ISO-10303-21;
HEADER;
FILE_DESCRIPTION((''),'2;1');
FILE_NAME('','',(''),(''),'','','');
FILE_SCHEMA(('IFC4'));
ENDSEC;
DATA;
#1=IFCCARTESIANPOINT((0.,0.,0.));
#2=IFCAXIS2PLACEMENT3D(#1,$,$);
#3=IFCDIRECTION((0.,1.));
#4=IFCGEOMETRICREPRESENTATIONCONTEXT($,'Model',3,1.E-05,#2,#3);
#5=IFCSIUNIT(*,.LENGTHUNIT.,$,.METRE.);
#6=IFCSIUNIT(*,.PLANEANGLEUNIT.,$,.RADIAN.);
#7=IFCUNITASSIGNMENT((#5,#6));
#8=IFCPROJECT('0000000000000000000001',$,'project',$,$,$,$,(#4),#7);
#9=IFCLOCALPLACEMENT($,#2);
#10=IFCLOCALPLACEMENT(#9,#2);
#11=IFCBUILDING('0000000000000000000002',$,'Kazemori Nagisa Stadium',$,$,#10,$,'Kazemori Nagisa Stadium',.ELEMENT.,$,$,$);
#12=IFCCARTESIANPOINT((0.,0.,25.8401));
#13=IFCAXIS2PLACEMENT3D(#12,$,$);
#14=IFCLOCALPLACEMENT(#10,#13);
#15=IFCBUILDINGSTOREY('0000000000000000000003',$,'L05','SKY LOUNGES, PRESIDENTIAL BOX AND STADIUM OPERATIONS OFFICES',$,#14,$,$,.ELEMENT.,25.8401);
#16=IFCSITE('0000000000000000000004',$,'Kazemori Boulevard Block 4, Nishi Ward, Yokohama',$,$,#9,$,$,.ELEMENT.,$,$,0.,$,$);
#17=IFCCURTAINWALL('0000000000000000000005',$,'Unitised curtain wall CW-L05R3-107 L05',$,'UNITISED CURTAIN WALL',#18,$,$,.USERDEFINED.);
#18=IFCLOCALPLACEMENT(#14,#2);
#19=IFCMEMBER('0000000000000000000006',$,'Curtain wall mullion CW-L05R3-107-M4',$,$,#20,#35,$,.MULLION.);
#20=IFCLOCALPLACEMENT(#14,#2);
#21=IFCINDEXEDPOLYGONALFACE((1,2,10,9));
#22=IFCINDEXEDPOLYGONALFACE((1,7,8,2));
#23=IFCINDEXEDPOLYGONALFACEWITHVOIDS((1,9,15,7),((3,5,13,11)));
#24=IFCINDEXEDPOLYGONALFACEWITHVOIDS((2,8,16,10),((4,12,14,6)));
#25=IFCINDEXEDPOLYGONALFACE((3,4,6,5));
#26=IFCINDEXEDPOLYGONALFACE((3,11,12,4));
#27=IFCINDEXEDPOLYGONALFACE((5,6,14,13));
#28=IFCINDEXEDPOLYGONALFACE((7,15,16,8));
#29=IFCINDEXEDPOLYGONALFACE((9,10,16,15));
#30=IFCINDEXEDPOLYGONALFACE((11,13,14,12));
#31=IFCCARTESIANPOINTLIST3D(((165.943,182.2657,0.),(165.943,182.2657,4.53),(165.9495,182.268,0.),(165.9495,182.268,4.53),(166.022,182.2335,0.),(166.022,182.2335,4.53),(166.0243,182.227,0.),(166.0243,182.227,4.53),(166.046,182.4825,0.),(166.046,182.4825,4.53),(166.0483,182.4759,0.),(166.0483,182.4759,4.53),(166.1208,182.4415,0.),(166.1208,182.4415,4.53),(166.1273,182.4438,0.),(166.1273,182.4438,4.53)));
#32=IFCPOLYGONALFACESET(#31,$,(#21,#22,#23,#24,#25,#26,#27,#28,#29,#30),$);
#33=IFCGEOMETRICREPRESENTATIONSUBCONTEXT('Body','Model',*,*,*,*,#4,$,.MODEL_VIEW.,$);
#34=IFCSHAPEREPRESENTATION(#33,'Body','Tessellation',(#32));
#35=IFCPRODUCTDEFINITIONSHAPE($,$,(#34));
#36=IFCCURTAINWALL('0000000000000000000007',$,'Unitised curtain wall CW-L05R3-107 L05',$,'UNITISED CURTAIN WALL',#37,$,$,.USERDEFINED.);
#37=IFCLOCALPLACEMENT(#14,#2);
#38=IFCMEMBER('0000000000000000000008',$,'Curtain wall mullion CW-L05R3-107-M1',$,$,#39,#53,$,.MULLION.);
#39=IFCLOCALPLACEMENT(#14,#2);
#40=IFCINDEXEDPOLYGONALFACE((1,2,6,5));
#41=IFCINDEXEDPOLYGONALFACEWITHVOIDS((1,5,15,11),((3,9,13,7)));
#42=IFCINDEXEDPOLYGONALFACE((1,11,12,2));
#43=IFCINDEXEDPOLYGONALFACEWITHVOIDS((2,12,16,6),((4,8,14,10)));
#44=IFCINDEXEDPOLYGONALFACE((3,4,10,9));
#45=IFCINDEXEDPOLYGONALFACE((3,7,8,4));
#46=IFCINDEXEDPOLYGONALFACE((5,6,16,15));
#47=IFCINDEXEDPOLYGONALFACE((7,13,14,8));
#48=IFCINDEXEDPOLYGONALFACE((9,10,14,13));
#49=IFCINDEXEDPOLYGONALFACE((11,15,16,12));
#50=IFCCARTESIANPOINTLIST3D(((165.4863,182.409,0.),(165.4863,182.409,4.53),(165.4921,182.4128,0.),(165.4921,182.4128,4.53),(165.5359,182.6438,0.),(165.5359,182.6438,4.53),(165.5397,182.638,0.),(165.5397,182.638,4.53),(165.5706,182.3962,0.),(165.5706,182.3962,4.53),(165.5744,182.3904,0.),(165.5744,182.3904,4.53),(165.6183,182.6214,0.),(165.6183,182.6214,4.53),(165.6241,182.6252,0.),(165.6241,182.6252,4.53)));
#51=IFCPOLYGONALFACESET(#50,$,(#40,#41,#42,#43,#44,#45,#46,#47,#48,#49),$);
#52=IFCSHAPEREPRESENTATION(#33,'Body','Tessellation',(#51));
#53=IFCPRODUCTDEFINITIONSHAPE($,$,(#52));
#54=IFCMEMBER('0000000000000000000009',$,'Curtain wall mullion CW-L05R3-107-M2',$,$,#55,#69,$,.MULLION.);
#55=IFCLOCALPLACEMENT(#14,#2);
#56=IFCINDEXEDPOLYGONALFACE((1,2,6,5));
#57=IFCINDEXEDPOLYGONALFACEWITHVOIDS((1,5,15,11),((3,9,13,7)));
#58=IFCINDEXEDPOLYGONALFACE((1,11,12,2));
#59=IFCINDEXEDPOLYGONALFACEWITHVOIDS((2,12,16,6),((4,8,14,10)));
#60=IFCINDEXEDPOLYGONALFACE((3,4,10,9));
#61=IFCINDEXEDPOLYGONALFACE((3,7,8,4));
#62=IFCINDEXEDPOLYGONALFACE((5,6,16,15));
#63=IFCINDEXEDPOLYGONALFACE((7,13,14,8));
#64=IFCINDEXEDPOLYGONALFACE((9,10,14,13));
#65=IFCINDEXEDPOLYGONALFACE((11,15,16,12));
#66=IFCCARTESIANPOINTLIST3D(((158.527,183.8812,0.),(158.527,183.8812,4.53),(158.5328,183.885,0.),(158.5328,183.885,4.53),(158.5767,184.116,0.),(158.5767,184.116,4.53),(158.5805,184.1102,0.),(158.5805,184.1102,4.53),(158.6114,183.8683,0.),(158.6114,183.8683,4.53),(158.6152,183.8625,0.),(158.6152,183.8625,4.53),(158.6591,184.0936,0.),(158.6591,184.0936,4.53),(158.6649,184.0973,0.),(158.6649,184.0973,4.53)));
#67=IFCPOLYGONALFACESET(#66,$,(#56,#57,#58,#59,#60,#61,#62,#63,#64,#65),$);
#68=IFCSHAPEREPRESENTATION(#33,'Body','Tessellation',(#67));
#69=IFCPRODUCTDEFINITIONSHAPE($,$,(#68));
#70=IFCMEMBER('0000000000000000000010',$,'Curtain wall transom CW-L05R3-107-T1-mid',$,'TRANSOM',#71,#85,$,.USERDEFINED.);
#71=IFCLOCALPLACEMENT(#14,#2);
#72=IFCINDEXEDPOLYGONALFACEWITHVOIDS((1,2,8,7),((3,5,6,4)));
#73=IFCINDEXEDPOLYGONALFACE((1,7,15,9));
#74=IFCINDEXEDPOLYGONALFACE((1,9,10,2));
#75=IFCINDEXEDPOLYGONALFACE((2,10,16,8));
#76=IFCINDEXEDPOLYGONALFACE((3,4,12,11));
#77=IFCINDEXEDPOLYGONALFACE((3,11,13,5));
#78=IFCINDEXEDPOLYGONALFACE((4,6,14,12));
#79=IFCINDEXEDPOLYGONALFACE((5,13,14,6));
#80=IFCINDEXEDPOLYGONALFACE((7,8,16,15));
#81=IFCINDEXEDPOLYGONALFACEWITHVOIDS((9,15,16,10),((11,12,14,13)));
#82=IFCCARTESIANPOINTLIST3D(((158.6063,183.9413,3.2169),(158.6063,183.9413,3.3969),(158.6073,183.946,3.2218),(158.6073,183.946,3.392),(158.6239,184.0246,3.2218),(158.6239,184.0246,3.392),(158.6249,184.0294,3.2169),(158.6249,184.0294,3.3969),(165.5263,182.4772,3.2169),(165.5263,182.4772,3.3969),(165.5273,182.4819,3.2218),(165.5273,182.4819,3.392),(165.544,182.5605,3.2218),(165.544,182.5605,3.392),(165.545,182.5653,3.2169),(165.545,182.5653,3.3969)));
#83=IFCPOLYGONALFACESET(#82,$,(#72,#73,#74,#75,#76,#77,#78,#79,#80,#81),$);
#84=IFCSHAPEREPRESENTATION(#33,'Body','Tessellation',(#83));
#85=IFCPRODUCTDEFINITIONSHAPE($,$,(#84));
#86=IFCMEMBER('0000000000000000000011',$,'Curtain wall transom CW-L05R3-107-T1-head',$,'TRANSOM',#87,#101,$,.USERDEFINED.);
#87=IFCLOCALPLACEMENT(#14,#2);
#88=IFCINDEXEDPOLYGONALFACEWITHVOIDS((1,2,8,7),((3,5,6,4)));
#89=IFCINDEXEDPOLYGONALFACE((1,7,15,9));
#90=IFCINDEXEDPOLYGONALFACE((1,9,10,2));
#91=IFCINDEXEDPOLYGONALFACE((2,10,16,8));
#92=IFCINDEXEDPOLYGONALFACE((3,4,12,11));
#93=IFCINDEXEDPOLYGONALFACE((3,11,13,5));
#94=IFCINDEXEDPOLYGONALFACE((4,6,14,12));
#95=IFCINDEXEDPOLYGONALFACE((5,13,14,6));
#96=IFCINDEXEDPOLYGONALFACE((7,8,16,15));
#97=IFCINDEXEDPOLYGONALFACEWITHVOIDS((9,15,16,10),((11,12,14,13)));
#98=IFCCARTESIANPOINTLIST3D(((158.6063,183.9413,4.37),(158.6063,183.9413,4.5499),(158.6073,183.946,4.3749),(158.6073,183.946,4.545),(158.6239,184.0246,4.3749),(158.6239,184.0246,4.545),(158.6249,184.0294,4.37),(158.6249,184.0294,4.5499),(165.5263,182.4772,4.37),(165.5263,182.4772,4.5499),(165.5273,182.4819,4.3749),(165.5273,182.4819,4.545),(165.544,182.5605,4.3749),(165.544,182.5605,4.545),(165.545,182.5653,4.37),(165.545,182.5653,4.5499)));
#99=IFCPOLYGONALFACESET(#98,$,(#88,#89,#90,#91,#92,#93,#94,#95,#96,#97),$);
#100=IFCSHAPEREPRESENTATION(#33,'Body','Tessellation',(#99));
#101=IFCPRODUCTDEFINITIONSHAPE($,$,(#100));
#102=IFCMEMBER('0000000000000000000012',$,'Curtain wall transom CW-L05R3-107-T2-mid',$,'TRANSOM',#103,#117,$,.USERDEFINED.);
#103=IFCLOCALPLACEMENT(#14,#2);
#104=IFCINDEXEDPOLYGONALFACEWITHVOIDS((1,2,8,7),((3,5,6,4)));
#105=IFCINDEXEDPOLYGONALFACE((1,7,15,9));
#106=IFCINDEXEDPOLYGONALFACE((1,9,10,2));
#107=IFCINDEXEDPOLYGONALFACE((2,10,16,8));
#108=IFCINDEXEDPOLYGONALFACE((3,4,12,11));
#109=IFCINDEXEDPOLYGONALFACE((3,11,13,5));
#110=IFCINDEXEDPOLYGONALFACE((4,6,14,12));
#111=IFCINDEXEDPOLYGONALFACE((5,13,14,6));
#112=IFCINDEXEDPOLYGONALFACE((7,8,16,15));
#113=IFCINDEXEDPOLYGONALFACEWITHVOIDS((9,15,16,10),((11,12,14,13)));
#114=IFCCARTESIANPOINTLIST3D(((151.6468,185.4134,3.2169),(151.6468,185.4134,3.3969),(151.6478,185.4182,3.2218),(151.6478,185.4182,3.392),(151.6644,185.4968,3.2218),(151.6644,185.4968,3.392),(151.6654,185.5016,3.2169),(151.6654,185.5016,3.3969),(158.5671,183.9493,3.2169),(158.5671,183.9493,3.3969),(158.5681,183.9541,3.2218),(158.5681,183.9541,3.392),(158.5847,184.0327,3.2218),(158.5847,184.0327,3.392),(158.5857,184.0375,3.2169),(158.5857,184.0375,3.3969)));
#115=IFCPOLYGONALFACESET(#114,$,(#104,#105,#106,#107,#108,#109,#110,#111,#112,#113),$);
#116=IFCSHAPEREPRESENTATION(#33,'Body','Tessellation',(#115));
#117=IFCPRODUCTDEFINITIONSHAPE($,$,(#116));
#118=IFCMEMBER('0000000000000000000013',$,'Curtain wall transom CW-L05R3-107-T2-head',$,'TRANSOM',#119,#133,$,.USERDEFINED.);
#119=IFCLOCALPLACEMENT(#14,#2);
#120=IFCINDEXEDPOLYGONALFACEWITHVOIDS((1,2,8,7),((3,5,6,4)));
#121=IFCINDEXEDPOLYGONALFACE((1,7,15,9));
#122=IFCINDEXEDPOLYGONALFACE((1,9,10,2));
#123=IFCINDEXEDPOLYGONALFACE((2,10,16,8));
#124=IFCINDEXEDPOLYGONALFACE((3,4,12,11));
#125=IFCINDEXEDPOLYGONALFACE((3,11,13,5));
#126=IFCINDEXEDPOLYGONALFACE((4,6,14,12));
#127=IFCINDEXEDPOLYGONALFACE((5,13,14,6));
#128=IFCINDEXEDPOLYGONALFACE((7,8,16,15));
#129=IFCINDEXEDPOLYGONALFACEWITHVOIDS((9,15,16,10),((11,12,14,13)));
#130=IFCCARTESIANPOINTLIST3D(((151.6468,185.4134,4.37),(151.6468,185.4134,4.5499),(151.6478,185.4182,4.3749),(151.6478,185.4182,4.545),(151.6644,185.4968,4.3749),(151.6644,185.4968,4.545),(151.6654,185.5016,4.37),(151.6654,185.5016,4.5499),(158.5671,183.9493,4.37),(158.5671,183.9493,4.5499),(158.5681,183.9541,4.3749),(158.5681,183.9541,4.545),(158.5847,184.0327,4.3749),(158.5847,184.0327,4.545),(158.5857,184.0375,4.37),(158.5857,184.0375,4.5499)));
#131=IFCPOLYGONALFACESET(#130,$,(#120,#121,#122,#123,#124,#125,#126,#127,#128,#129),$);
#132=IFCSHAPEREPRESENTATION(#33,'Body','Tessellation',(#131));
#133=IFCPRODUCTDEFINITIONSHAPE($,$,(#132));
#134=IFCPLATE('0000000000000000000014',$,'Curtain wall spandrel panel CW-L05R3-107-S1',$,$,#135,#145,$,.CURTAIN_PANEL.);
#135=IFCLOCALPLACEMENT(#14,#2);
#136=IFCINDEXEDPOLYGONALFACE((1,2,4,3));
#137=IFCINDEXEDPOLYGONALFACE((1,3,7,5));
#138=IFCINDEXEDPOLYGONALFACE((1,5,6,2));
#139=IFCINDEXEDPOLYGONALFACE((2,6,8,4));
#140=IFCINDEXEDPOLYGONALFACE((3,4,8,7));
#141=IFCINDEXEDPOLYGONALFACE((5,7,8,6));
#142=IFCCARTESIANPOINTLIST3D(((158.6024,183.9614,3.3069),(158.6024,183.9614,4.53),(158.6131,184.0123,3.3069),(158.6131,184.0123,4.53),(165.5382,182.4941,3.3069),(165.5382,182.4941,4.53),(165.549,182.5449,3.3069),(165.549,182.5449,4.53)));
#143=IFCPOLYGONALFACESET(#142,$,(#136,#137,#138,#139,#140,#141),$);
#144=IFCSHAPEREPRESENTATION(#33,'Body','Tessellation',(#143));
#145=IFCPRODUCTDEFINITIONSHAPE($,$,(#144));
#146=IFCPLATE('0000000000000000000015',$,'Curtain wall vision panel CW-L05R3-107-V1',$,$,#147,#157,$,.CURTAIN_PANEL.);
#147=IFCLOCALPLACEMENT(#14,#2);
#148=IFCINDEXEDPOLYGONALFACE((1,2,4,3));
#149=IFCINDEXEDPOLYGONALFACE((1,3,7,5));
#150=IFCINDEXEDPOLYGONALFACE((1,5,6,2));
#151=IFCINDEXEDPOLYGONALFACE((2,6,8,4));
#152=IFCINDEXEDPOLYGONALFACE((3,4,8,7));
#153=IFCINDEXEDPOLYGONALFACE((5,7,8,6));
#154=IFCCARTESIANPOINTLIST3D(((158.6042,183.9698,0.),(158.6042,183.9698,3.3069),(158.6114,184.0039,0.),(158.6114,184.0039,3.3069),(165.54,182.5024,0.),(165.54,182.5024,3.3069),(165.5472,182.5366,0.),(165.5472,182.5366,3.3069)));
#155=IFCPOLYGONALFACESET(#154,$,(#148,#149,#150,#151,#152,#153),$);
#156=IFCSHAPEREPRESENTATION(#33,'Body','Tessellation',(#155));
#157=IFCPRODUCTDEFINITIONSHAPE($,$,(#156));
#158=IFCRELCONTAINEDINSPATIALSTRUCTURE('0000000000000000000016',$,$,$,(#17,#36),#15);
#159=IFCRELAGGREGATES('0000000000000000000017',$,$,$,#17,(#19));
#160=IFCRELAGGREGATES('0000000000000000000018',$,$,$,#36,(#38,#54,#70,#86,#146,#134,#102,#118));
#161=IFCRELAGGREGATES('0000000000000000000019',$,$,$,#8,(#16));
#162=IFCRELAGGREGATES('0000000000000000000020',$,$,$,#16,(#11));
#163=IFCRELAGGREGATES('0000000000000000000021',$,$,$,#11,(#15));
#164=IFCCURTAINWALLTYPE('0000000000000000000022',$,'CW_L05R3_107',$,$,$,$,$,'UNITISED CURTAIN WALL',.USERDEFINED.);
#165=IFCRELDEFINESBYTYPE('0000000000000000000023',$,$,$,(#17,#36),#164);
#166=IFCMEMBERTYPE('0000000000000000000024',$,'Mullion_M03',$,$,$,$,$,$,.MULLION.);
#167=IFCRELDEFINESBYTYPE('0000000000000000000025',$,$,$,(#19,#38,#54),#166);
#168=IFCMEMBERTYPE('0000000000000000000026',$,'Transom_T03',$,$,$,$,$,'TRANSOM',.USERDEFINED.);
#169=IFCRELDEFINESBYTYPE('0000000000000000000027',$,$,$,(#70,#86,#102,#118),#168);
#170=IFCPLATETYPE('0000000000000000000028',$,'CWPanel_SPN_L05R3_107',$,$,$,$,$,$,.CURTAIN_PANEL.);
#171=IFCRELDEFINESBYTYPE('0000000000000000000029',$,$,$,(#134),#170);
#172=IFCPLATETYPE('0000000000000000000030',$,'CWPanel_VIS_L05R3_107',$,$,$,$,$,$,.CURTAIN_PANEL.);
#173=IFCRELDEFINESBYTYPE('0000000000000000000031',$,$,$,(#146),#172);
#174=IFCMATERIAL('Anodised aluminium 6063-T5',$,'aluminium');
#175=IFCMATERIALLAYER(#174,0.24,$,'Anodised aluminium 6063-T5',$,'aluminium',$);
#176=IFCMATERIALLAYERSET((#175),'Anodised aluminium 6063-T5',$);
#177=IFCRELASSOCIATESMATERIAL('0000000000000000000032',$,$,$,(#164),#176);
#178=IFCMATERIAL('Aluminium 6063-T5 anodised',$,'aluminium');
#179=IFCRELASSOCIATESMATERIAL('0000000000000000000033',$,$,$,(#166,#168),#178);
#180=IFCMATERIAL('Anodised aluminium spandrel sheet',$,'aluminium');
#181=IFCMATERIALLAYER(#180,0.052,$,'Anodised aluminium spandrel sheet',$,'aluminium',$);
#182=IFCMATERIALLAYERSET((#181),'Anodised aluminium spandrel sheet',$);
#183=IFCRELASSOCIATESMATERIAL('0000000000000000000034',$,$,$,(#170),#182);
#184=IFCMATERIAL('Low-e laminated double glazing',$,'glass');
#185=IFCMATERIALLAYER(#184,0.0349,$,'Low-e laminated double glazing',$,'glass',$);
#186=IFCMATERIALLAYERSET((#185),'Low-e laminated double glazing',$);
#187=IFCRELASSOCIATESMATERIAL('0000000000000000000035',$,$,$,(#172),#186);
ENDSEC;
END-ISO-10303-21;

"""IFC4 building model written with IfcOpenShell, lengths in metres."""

from ifc_helpers import new_model, si_unit, direction, frame, origin, origin_2d, place, context, subcontext, project, spatial, rectangle, hollow_rectangle, extrude, material, layer, layer_set, material_profile, profile_set, type_object, element, aggregate, save


model = new_model("IFC4")

# Units and contexts
model_context = context("Model", 3, precision=1e-05, world=origin(), true_north=direction((0.0, 1.0)))
body_context = subcontext(model_context, "Body", "Model", "MODEL_VIEW")
ifc_project = project(units=[si_unit("LENGTHUNIT", "METRE"), si_unit("PLANEANGLEUNIT", "RADIAN")], contexts=[model_context])

# Site, building, storey
site_placement = place(None, origin())
site = spatial("IfcSite", under=ifc_project, at=site_placement, Name="Kazemori Boulevard Block 4, Nishi Ward, Yokohama", CompositionType="ELEMENT", RefElevation=0.0)
building_placement = place(site_placement, origin())
building = spatial("IfcBuilding", under=site, at=building_placement, Name="Kazemori Nagisa Stadium", LongName="Kazemori Nagisa Stadium", CompositionType="ELEMENT")
storey_placement = place(building_placement, frame((0.0, 0.0, 25.8401)))
storey = spatial("IfcBuildingStorey", under=building, at=storey_placement, Name="L05", Description="SKY LOUNGES, PRESIDENTIAL BOX AND STADIUM OPERATIONS OFFICES", CompositionType="ELEMENT", Elevation=25.8401)

# Curtain wall, member
ifc_material_1 = material(Name="Anodised aluminium 6063-T5", Category="aluminium")
ifc_layer_1 = layer(ifc_material_1, 0.24, Name="Anodised aluminium 6063-T5", Category="aluminium")
ifc_layer_set_1 = layer_set([ifc_layer_1], Name="Anodised aluminium 6063-T5")
curtain_wall_type = type_object("IfcCurtainWallType", Name="CW_L05R3_107", ElementType="UNITISED CURTAIN WALL", PredefinedType="USERDEFINED", material=ifc_layer_set_1)
curtain_wall_1_placement = place(storey_placement, origin())
curtain_wall_1 = element("IfcCurtainWall", 1, at=curtain_wall_1_placement, inside=storey, type_object=curtain_wall_type, Name="Unitised curtain wall CW-L05R3-107 L05", ObjectType="UNITISED CURTAIN WALL", PredefinedType="USERDEFINED")
ifc_material_2 = material(Name="Aluminium 6063-T5 anodised", Category="aluminium")
ifc_material_profile_1 = material_profile(ifc_material_2, hollow_rectangle(XDim=0.0901, YDim=0.24, WallThickness=0.0049, at=origin_2d()), Name="ALU-MULL-90x240x5")
ifc_profile_set_1 = profile_set([ifc_material_profile_1], Name="Aluminium 6063-T5 anodised")
member_type_1 = type_object("IfcMemberType", Name="Mullion_M03", PredefinedType="MULLION", material=ifc_profile_set_1)
member_1_placement = place(storey_placement, frame((166.0352, 182.3547, 0.0), z_axis=(0.0, 0.0, 1.0), x_axis=(-0.903216, 0.429186, 0.0)))
member_1 = element("IfcMember", 2, at=member_1_placement, type_object=member_type_1, Name="Curtain wall mullion CW-L05R3-107-M4", PredefinedType="MULLION", context=body_context, shape_type="SweptSolid", body=[
    extrude(hollow_rectangle(XDim=0.0901, YDim=0.24, WallThickness=0.0049, at=origin_2d()), origin(), (0.0, 0.0, 1.0), 4.53),
])
aggregate(curtain_wall_1, [member_1])

# Curtain wall, members, plates
curtain_wall_2_placement = place(storey_placement, origin())
curtain_wall_2 = element("IfcCurtainWall", 3, at=curtain_wall_2_placement, inside=storey, type_object=curtain_wall_type, Name="Unitised curtain wall CW-L05R3-107 L05", ObjectType="UNITISED CURTAIN WALL", PredefinedType="USERDEFINED")
member_2_placement = place(storey_placement, frame((165.5552, 182.5171, 0.0), z_axis=(0.0, 0.0, 1.0), x_axis=(-0.978345, 0.206981, 0.0)))
member_2 = element("IfcMember", 4, at=member_2_placement, type_object=member_type_1, Name="Curtain wall mullion CW-L05R3-107-M1", PredefinedType="MULLION", context=body_context, shape_type="SweptSolid", body=[
    extrude(hollow_rectangle(XDim=0.0901, YDim=0.24, WallThickness=0.0049, at=origin_2d()), origin(), (0.0, 0.0, 1.0), 4.53),
])
member_3_placement = place(storey_placement, frame((158.5959, 183.9893, 0.0), z_axis=(0.0, 0.0, 1.0), x_axis=(-0.978345, 0.206981, 0.0)))
member_3 = element("IfcMember", 5, at=member_3_placement, type_object=member_type_1, Name="Curtain wall mullion CW-L05R3-107-M2", PredefinedType="MULLION", context=body_context, shape_type="SweptSolid", body=[
    extrude(hollow_rectangle(XDim=0.0901, YDim=0.24, WallThickness=0.0049, at=origin_2d()), origin(), (0.0, 0.0, 1.0), 4.53),
])
ifc_material_profile_2 = material_profile(ifc_material_2, hollow_rectangle(XDim=0.0901, YDim=0.1799, WallThickness=0.0049, at=origin_2d()), Name="ALU-TRAN-90x180x5")
ifc_profile_set_2 = profile_set([ifc_material_profile_2], Name="Aluminium 6063-T5 anodised")
member_type_2 = type_object("IfcMemberType", Name="Transom_T03", ElementType="TRANSOM", PredefinedType="USERDEFINED", material=ifc_profile_set_2)
member_4_placement = place(storey_placement, frame((165.5356, 182.5212, 3.3069), z_axis=(-0.978343, 0.20699, 0.0), x_axis=(-0.20699, -0.978343, 0.0)))
member_4 = element("IfcMember", 6, at=member_4_placement, type_object=member_type_2, Name="Curtain wall transom CW-L05R3-107-T1-mid", ObjectType="TRANSOM", PredefinedType="USERDEFINED", context=body_context, shape_type="SweptSolid", body=[
    extrude(hollow_rectangle(XDim=0.0901, YDim=0.1799, WallThickness=0.0049, at=origin_2d()), origin(), (0.0, 0.0, 1.0), 7.0732),
])
member_5_placement = place(storey_placement, frame((165.5356, 182.5212, 4.46), z_axis=(-0.978343, 0.20699, 0.0), x_axis=(-0.20699, -0.978343, 0.0)))
member_5 = element("IfcMember", 7, at=member_5_placement, type_object=member_type_2, Name="Curtain wall transom CW-L05R3-107-T1-head", ObjectType="TRANSOM", PredefinedType="USERDEFINED", context=body_context, shape_type="SweptSolid", body=[
    extrude(hollow_rectangle(XDim=0.0901, YDim=0.1799, WallThickness=0.0049, at=origin_2d()), origin(), (0.0, 0.0, 1.0), 7.0732),
])
member_6_placement = place(storey_placement, frame((158.5764, 183.9934, 3.3069), z_axis=(-0.978345, 0.206983, 0.0), x_axis=(-0.206983, -0.978345, 0.0)))
member_6 = element("IfcMember", 8, at=member_6_placement, type_object=member_type_2, Name="Curtain wall transom CW-L05R3-107-T2-mid", ObjectType="TRANSOM", PredefinedType="USERDEFINED", context=body_context, shape_type="SweptSolid", body=[
    extrude(hollow_rectangle(XDim=0.0901, YDim=0.1799, WallThickness=0.0049, at=origin_2d()), origin(), (0.0, 0.0, 1.0), 7.0735),
])
member_7_placement = place(storey_placement, frame((158.5764, 183.9934, 4.46), z_axis=(-0.978345, 0.206983, 0.0), x_axis=(-0.206983, -0.978345, 0.0)))
member_7 = element("IfcMember", 9, at=member_7_placement, type_object=member_type_2, Name="Curtain wall transom CW-L05R3-107-T2-head", ObjectType="TRANSOM", PredefinedType="USERDEFINED", context=body_context, shape_type="SweptSolid", body=[
    extrude(hollow_rectangle(XDim=0.0901, YDim=0.1799, WallThickness=0.0049, at=origin_2d()), origin(), (0.0, 0.0, 1.0), 7.0735),
])
ifc_material_3 = material(Name="Anodised aluminium spandrel sheet", Category="aluminium")
ifc_layer_2 = layer(ifc_material_3, 0.052, Name="Anodised aluminium spandrel sheet", Category="aluminium")
ifc_layer_set_2 = layer_set([ifc_layer_2], Name="Anodised aluminium spandrel sheet")
plate_type_1 = type_object("IfcPlateType", Name="CWPanel_SPN_L05R3_107", PredefinedType="CURTAIN_PANEL", material=ifc_layer_set_2)
plate_1_placement = place(storey_placement, frame((162.0757, 183.2532, 3.3069), z_axis=(0.0, 0.0, 1.0), x_axis=(-0.978345, 0.206981, 0.0)))
plate_1 = element("IfcPlate", 10, at=plate_1_placement, type_object=plate_type_1, Name="Curtain wall spandrel panel CW-L05R3-107-S1", PredefinedType="CURTAIN_PANEL", context=body_context, shape_type="SweptSolid", body=[
    extrude(rectangle(XDim=7.0894, YDim=0.052, at=origin_2d()), origin(), (0.0, 0.0, 1.0), 1.2231),
])
ifc_material_4 = material(Name="Low-e laminated double glazing", Category="glass")
ifc_layer_3 = layer(ifc_material_4, 0.0349, Name="Low-e laminated double glazing", Category="glass")
ifc_layer_set_3 = layer_set([ifc_layer_3], Name="Low-e laminated double glazing")
plate_type_2 = type_object("IfcPlateType", Name="CWPanel_VIS_L05R3_107", PredefinedType="CURTAIN_PANEL", material=ifc_layer_set_3)
plate_2_placement = place(storey_placement, frame((162.0757, 183.2532, 0.0), z_axis=(0.0, 0.0, 1.0), x_axis=(-0.978345, 0.206981, 0.0)))
plate_2 = element("IfcPlate", 11, at=plate_2_placement, type_object=plate_type_2, Name="Curtain wall vision panel CW-L05R3-107-V1", PredefinedType="CURTAIN_PANEL", context=body_context, shape_type="SweptSolid", body=[
    extrude(rectangle(XDim=7.0894, YDim=0.0349, at=origin_2d()), origin(), (0.0, 0.0, 1.0), 3.3069),
])
aggregate(curtain_wall_2, [member_2, member_3, member_4, member_5, plate_2, plate_1, member_6, member_7])

save(model, "model.ifc")
